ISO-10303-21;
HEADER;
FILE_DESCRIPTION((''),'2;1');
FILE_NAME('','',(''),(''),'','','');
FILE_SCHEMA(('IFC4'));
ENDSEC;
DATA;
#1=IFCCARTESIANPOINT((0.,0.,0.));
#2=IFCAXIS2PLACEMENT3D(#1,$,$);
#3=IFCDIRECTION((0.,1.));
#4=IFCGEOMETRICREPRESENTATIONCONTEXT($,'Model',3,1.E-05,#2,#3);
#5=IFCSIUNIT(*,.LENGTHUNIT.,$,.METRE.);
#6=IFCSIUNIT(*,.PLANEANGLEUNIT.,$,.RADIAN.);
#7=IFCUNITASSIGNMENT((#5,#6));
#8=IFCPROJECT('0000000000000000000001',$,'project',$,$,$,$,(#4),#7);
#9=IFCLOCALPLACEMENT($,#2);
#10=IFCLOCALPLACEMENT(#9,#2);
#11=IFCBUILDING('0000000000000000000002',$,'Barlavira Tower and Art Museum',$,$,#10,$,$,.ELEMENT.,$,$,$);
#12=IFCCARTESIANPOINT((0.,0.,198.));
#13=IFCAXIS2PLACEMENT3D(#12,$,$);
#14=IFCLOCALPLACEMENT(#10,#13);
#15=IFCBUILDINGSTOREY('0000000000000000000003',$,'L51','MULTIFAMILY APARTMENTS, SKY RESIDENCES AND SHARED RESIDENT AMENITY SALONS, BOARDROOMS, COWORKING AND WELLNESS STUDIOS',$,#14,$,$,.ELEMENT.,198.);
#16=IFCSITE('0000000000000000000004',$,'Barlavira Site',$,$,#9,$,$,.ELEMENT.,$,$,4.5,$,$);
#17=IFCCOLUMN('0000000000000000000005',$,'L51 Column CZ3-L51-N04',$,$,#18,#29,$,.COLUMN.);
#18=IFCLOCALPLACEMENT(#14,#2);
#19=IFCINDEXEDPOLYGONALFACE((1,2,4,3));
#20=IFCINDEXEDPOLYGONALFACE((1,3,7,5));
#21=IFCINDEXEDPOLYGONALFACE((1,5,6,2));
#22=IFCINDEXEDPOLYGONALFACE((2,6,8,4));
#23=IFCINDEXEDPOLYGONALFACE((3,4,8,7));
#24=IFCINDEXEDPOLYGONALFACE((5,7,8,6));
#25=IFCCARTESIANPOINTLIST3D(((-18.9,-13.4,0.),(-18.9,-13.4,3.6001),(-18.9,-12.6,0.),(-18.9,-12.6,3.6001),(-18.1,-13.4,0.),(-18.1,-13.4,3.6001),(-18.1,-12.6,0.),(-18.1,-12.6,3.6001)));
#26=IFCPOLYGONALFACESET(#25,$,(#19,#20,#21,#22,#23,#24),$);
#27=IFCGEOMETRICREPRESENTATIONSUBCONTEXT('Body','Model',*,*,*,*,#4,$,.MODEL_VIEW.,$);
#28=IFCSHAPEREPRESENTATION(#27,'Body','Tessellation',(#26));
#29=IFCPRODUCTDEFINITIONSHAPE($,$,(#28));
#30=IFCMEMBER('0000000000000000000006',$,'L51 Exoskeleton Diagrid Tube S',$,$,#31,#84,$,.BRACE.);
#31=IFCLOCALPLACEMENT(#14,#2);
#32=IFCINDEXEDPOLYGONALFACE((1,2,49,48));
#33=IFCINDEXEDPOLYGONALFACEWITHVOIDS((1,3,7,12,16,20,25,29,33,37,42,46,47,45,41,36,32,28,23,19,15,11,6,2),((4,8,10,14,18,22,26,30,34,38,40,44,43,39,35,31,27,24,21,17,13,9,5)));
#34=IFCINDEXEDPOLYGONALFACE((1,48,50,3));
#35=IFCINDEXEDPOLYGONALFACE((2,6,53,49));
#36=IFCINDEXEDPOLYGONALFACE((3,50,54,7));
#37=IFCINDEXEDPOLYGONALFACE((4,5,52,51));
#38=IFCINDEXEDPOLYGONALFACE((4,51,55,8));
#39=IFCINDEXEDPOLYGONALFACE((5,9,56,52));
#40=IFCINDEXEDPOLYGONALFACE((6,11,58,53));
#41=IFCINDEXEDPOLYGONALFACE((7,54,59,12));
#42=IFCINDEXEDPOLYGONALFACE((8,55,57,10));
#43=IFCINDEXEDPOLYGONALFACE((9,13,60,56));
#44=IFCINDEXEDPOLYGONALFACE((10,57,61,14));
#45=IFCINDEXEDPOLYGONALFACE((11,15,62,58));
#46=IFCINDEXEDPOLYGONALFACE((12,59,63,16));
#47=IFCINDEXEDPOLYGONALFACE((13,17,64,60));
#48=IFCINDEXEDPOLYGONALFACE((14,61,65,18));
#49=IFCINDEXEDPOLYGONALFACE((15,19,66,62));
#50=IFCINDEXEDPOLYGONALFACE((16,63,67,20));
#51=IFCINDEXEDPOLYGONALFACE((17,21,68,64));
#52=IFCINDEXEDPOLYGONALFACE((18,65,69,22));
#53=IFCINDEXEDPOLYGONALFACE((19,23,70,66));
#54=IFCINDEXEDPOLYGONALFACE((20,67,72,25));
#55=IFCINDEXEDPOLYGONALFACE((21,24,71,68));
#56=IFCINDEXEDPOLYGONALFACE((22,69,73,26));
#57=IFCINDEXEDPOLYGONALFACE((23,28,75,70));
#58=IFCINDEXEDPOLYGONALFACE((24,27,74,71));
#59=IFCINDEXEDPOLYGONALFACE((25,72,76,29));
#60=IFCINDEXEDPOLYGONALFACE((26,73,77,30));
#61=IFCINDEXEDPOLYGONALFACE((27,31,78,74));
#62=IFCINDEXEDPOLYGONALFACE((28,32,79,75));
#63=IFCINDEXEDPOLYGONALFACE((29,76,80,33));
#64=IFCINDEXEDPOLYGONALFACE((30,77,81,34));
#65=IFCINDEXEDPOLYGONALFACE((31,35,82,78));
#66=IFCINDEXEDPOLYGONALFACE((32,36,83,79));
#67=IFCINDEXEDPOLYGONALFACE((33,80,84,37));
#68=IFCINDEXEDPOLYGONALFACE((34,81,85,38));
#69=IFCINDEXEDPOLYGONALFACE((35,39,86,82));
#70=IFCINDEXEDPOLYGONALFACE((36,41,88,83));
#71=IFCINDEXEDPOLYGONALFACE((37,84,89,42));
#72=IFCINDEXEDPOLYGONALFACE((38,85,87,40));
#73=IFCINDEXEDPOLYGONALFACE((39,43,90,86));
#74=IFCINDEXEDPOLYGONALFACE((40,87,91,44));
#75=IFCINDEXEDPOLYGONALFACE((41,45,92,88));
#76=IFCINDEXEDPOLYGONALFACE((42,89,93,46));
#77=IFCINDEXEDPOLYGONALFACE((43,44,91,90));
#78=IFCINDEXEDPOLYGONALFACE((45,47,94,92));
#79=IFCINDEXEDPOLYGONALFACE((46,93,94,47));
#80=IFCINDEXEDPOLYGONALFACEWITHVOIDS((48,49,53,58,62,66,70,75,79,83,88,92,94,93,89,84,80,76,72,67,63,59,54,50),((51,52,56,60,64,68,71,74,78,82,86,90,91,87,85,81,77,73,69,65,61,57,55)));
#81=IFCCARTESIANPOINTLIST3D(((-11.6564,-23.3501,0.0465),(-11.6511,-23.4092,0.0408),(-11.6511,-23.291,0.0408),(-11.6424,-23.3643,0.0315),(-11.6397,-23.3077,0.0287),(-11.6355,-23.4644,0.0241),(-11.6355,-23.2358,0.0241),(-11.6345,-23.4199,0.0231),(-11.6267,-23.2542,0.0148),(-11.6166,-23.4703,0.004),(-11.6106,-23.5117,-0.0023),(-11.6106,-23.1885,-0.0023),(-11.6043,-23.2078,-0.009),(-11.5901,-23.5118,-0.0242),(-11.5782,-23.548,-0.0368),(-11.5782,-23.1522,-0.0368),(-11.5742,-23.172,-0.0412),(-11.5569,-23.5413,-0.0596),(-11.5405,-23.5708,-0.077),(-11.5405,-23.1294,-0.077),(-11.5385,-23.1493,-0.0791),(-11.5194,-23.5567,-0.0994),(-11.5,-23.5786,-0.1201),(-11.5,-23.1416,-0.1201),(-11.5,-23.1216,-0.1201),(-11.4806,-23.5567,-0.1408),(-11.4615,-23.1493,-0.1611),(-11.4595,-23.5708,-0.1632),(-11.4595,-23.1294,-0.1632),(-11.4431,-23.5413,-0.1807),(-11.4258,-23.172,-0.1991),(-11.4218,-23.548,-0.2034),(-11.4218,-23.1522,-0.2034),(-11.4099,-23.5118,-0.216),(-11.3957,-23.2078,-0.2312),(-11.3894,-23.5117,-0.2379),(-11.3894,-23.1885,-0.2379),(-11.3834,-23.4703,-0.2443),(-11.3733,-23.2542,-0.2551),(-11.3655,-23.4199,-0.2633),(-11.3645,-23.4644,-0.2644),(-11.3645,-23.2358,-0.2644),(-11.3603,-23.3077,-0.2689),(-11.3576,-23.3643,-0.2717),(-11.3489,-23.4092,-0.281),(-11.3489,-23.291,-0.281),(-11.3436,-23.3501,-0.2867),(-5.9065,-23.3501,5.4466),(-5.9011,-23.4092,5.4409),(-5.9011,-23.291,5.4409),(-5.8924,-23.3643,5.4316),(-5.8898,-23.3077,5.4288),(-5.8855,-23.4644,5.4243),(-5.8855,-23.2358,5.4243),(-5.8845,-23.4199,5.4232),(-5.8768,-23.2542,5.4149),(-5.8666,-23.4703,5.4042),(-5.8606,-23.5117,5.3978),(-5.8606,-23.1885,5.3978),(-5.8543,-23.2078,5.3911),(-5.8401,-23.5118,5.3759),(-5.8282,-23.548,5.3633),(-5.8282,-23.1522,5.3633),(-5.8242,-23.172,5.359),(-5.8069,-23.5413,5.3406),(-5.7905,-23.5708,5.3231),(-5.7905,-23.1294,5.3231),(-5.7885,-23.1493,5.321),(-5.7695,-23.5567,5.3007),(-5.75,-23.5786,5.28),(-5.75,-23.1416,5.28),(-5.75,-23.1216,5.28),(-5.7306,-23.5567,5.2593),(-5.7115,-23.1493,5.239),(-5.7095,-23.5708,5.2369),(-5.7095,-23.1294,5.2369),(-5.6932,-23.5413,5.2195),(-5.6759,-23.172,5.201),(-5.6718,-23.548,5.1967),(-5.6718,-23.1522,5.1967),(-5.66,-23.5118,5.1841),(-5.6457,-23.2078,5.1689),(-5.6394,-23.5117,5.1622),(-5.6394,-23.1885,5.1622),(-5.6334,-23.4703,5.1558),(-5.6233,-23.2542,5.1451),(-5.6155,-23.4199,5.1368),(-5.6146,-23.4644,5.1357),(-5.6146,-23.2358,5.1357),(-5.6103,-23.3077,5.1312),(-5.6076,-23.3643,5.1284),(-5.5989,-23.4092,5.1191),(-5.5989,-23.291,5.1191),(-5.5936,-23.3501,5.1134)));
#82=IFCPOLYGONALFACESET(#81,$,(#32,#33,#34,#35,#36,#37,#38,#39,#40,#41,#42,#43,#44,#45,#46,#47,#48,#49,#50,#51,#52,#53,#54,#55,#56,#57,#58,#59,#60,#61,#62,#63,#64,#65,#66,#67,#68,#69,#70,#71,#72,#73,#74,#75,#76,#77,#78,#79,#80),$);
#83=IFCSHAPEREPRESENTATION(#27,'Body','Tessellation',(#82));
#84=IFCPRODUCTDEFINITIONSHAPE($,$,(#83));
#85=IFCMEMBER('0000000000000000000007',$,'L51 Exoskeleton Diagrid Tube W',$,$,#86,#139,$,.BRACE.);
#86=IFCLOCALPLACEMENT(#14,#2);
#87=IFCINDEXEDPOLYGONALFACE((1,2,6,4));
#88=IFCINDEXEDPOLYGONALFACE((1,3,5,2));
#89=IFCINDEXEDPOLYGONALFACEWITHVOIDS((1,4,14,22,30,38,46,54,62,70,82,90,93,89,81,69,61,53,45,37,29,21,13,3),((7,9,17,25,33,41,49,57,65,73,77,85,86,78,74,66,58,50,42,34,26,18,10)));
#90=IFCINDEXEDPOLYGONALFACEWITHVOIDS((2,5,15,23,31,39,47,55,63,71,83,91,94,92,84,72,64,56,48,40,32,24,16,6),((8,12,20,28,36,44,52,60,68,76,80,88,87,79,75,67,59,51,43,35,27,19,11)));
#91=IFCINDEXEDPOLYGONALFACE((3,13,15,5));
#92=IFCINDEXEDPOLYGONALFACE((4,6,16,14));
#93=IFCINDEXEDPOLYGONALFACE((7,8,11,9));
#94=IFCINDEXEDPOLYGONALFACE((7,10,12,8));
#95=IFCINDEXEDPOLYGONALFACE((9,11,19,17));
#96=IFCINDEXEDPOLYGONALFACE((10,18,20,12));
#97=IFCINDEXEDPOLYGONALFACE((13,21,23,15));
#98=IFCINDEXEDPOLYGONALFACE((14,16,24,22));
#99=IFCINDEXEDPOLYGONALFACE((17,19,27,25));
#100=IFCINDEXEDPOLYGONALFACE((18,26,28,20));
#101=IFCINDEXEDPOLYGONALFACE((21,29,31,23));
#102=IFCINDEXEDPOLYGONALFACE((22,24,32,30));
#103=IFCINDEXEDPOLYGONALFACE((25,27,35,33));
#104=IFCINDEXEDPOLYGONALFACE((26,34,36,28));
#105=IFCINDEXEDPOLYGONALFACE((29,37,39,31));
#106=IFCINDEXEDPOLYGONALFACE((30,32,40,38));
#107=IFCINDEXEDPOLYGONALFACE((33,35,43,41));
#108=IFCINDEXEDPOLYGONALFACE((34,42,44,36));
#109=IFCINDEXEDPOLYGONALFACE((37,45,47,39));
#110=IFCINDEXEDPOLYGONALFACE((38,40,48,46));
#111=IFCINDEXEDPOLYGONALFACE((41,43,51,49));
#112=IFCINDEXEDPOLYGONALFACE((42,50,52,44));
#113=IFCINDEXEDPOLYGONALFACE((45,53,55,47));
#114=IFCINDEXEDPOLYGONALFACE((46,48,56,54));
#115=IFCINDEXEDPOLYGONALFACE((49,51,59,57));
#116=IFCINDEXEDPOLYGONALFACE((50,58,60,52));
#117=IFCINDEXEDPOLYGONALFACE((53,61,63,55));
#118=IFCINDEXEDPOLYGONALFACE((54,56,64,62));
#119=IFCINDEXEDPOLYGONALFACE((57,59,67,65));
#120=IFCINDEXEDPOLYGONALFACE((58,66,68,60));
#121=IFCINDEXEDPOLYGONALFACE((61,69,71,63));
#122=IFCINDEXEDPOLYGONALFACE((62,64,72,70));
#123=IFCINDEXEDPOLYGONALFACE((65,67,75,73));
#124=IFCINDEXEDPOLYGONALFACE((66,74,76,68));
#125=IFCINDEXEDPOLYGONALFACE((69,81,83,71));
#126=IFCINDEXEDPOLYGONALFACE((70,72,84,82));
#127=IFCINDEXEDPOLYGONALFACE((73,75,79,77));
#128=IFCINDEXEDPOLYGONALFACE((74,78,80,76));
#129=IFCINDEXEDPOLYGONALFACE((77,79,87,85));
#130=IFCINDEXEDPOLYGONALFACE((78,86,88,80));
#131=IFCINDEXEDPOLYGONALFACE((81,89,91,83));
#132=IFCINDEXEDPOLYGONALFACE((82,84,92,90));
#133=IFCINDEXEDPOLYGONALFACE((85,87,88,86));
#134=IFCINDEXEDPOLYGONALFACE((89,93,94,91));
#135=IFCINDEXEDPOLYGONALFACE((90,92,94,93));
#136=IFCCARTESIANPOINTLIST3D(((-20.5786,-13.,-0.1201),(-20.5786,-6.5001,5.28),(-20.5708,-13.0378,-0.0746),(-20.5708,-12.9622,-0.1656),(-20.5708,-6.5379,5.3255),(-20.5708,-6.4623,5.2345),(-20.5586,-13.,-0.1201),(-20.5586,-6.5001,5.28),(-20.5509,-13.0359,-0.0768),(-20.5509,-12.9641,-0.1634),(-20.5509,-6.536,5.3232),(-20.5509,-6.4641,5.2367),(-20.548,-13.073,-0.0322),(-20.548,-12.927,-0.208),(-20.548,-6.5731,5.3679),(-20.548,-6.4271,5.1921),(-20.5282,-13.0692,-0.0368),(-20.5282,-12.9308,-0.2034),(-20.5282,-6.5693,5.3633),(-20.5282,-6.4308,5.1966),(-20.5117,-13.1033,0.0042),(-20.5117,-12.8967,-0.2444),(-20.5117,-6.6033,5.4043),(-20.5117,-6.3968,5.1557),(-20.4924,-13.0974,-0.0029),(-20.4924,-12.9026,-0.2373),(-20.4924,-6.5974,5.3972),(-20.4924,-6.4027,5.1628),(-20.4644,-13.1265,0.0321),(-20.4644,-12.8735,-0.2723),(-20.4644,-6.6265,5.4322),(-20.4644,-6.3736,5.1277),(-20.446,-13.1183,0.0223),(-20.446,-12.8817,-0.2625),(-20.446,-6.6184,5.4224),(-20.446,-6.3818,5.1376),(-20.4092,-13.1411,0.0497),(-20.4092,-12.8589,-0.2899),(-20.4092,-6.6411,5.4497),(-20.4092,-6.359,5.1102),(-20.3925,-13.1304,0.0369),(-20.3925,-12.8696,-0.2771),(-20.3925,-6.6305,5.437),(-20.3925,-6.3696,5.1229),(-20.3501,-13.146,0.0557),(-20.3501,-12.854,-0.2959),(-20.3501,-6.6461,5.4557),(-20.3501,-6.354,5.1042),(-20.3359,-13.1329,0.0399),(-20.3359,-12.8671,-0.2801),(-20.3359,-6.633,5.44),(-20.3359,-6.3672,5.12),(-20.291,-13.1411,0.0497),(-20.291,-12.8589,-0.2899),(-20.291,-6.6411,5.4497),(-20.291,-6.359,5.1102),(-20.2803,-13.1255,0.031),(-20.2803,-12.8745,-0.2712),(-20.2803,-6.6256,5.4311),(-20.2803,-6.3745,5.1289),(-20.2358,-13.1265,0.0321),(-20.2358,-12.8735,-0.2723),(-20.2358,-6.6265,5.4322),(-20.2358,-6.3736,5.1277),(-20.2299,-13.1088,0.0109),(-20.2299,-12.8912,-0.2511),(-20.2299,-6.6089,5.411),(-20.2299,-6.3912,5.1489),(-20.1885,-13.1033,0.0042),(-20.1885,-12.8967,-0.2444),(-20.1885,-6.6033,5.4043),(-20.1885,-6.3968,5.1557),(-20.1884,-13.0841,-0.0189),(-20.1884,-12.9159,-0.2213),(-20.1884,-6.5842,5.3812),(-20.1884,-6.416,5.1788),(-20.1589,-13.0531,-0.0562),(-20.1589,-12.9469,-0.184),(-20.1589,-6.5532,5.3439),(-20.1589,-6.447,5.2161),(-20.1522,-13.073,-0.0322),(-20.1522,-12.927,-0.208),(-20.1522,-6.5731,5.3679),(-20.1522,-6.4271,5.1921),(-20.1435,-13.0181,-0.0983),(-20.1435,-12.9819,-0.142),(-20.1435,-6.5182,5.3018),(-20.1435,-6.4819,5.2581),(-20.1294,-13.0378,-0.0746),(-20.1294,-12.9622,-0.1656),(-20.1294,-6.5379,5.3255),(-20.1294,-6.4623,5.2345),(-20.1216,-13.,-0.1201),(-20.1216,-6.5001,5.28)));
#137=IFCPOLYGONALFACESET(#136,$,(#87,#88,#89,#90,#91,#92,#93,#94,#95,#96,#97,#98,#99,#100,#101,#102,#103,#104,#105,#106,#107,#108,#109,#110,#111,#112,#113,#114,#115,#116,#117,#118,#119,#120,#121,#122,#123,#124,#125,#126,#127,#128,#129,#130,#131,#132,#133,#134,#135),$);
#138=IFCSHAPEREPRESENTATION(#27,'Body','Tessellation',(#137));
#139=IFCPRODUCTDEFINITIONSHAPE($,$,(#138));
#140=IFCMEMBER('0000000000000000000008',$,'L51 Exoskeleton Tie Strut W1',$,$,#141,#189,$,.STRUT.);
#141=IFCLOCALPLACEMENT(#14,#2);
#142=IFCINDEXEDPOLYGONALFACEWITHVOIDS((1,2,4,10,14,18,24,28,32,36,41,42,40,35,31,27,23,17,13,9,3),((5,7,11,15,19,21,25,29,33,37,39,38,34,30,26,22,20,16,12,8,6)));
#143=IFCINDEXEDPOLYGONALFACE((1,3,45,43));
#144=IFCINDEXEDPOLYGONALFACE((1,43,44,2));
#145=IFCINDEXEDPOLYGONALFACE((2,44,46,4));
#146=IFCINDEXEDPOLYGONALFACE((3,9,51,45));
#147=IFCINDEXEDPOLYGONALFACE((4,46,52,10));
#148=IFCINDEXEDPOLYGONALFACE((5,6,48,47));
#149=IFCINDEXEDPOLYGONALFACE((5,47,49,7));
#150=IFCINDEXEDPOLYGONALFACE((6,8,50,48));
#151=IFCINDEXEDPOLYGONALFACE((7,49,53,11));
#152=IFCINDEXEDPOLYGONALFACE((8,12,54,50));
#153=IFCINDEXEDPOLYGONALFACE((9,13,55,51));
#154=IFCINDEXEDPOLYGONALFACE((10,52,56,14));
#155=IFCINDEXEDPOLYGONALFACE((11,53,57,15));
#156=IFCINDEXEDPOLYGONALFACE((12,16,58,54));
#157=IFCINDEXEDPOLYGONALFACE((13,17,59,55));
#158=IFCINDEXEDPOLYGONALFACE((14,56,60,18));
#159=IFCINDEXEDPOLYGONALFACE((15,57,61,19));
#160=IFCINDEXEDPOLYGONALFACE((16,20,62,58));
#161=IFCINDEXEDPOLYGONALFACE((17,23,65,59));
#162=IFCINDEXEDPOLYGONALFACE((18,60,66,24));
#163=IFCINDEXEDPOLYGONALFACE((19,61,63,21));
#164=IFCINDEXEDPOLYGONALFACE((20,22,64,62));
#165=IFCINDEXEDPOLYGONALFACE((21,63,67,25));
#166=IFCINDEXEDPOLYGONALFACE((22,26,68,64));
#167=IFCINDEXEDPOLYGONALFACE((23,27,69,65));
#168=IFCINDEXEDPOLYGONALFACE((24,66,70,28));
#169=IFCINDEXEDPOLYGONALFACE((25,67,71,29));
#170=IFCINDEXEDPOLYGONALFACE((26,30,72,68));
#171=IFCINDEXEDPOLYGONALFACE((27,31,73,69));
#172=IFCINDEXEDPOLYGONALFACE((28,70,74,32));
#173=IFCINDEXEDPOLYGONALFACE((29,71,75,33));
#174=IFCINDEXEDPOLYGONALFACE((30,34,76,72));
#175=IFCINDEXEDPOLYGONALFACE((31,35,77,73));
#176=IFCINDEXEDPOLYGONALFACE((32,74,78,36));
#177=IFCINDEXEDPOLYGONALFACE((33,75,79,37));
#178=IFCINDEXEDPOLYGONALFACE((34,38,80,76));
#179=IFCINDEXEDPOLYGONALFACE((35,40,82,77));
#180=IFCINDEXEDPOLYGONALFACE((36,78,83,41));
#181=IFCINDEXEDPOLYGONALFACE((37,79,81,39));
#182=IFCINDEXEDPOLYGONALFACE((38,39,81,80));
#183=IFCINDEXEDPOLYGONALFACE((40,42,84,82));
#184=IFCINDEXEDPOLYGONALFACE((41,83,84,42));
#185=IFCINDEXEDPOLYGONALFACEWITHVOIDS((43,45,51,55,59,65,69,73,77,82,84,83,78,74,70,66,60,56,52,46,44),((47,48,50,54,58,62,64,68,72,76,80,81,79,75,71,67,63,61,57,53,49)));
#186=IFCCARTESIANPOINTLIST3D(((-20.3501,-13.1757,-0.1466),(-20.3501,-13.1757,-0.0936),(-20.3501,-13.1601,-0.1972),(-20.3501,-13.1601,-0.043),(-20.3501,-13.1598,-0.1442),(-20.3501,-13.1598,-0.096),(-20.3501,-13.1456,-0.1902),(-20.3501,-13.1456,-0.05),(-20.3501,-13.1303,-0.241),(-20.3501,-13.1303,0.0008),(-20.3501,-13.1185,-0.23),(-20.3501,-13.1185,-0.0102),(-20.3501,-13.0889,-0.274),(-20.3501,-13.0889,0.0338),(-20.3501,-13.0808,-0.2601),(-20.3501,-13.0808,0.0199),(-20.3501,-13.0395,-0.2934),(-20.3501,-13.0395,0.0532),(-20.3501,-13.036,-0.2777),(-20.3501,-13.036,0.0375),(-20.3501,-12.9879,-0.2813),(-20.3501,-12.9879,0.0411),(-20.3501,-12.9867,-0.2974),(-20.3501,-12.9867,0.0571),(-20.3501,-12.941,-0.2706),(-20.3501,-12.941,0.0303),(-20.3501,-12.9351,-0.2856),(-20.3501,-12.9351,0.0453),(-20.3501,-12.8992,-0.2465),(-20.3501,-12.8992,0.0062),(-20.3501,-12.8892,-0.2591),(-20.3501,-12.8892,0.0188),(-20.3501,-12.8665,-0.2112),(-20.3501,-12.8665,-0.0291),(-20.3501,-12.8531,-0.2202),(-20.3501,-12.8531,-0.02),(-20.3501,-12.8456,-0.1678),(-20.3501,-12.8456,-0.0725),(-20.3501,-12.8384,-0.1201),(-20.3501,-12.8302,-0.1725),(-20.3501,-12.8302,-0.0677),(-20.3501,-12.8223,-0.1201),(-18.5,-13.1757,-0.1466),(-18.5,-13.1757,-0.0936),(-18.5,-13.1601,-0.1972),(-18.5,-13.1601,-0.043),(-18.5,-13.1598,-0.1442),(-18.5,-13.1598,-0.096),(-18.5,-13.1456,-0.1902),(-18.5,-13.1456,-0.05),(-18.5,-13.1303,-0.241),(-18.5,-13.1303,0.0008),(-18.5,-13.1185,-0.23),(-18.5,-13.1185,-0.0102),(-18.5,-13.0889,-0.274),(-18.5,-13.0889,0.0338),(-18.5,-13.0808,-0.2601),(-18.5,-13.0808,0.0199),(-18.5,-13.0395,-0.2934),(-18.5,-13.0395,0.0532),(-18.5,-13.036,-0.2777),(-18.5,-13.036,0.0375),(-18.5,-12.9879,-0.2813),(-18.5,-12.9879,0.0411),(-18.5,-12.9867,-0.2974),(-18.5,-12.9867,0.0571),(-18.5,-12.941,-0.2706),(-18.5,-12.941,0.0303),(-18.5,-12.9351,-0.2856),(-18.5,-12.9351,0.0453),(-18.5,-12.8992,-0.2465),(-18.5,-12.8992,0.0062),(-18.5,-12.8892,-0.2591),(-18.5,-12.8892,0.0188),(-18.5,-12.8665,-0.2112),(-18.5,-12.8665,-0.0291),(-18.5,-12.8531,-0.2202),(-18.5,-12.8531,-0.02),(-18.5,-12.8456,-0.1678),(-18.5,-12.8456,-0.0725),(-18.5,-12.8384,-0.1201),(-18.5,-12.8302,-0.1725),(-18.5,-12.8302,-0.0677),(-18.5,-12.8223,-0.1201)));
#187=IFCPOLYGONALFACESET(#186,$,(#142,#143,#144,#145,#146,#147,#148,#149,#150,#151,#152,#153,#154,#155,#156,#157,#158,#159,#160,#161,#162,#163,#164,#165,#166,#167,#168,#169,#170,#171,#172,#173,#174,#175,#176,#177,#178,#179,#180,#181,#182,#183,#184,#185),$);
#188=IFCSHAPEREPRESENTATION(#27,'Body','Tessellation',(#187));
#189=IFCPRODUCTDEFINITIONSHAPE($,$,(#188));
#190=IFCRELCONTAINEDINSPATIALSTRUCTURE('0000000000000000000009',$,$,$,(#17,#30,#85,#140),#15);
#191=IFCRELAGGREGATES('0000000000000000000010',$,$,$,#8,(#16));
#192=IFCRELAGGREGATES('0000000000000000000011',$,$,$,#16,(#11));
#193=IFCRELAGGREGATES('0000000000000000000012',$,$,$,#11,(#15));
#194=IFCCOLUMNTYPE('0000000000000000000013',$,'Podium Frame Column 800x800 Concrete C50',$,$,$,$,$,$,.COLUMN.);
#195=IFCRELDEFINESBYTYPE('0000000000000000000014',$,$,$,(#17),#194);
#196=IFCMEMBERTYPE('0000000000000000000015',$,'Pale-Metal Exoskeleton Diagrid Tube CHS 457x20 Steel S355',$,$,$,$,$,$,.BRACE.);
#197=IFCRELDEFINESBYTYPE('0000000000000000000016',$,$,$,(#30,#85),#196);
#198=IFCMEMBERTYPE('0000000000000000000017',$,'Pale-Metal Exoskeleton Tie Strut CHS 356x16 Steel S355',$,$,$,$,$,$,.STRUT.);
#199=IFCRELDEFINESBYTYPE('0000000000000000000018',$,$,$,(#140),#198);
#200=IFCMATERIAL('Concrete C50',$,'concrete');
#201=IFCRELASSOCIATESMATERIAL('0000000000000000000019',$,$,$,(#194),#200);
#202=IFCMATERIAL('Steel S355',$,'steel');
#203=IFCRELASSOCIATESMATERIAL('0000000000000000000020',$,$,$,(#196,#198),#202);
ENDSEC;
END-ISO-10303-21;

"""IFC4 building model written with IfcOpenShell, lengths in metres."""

from ifc_helpers import new_model, si_unit, direction, frame, origin, origin_2d, place, context, subcontext, project, spatial, rectangle, hollow_circle, extrude, material, material_profile, profile_set, type_object, element, save


model = new_model("IFC4")

# Units and contexts
model_context = context("Model", 3, precision=1e-05, world=origin(), true_north=direction((0.0, 1.0)))
body_context = subcontext(model_context, "Body", "Model", "MODEL_VIEW")
ifc_project = project(units=[si_unit("LENGTHUNIT", "METRE"), si_unit("PLANEANGLEUNIT", "RADIAN")], contexts=[model_context])

# Site, building, storey
site_placement = place(None, origin())
site = spatial("IfcSite", under=ifc_project, at=site_placement, Name="Barlavira Site", CompositionType="ELEMENT", RefElevation=4.5)
building_placement = place(site_placement, origin())
building = spatial("IfcBuilding", under=site, at=building_placement, Name="Barlavira Tower and Art Museum", CompositionType="ELEMENT")
storey_placement = place(building_placement, frame((0.0, 0.0, 198.0)))
storey = spatial("IfcBuildingStorey", under=building, at=storey_placement, Name="L51", Description="MULTIFAMILY APARTMENTS, SKY RESIDENCES AND SHARED RESIDENT AMENITY SALONS, BOARDROOMS, COWORKING AND WELLNESS STUDIOS", CompositionType="ELEMENT", Elevation=198.0)

# Column
ifc_material_1 = material(Name="Concrete C50", Category="concrete")
ifc_material_profile_1 = material_profile(ifc_material_1, rectangle(XDim=0.8, YDim=0.8, at=origin_2d()), Name="RC-COL 800x800")
ifc_profile_set_1 = profile_set([ifc_material_profile_1], Name="Concrete C50")
column_type = type_object("IfcColumnType", Name="Podium Frame Column 800x800 Concrete C50", PredefinedType="COLUMN", material=ifc_profile_set_1)
column_placement = place(storey_placement, frame((-18.5, -13.0, 0.0), z_axis=(0.0, 0.0, 1.0), x_axis=(1.0, 0.0, 0.0)))
element("IfcColumn", 1, at=column_placement, inside=storey, type_object=column_type, Name="L51 Column CZ3-L51-N04", PredefinedType="COLUMN", context=body_context, shape_type="SweptSolid", body=[
    extrude(rectangle(XDim=0.8, YDim=0.8, at=origin_2d()), origin(), (0.0, 0.0, 1.0), 3.6001),
])

# Members
ifc_material_2 = material(Name="Steel S355", Category="steel")
ifc_material_profile_2 = material_profile(ifc_material_2, hollow_circle(Radius=0.2285, WallThickness=0.02, at=origin_2d()), Name="CHS 457.0x20.0")
ifc_profile_set_2 = profile_set([ifc_material_profile_2], Name="Steel S355")
member_type_1 = type_object("IfcMemberType", Name="Pale-Metal Exoskeleton Diagrid Tube CHS 457x20 Steel S355", PredefinedType="BRACE", material=ifc_profile_set_2)
member_1_placement = place(storey_placement, frame((-11.5, -23.3501, -0.1201), z_axis=(0.728935, 0.0, 0.684583), x_axis=(0.0, 1.0, 0.0)))
element("IfcMember", 2, at=member_1_placement, inside=storey, type_object=member_type_1, Name="L51 Exoskeleton Diagrid Tube S", PredefinedType="BRACE", context=body_context, shape_type="SweptSolid", body=[
    extrude(hollow_circle(Radius=0.2285, WallThickness=0.02, at=origin_2d()), origin(), (0.0, 0.0, 1.0), 7.8882),
])
member_2_placement = place(storey_placement, frame((-20.3501, -13.0, -0.1201), z_axis=(0.0, 0.769182, 0.63903), x_axis=(-1.0, 0.0, 0.0)))
element("IfcMember", 3, at=member_2_placement, inside=storey, type_object=member_type_1, Name="L51 Exoskeleton Diagrid Tube W", PredefinedType="BRACE", context=body_context, shape_type="SweptSolid", body=[
    extrude(hollow_circle(Radius=0.2285, WallThickness=0.02, at=origin_2d()), origin(), (0.0, 0.0, 1.0), 8.4504),
])
ifc_material_profile_3 = material_profile(ifc_material_2, hollow_circle(Radius=0.1777, WallThickness=0.0161, at=origin_2d()), Name="CHS 355.6x16.0")
ifc_profile_set_3 = profile_set([ifc_material_profile_3], Name="Steel S355")
member_type_2 = type_object("IfcMemberType", Name="Pale-Metal Exoskeleton Tie Strut CHS 356x16 Steel S355", PredefinedType="STRUT", material=ifc_profile_set_3)
member_3_placement = place(storey_placement, frame((-20.3501, -13.0, -0.1201), z_axis=(1.0, 0.0, 0.0), x_axis=(0.0, 1.0, 0.0)))
element("IfcMember", 4, at=member_3_placement, inside=storey, type_object=member_type_2, Name="L51 Exoskeleton Tie Strut W1", PredefinedType="STRUT", context=body_context, shape_type="SweptSolid", body=[
    extrude(hollow_circle(Radius=0.1777, WallThickness=0.0161, at=origin_2d()), origin(), (0.0, 0.0, 1.0), 1.8501),
])

save(model, "model.ifc")
